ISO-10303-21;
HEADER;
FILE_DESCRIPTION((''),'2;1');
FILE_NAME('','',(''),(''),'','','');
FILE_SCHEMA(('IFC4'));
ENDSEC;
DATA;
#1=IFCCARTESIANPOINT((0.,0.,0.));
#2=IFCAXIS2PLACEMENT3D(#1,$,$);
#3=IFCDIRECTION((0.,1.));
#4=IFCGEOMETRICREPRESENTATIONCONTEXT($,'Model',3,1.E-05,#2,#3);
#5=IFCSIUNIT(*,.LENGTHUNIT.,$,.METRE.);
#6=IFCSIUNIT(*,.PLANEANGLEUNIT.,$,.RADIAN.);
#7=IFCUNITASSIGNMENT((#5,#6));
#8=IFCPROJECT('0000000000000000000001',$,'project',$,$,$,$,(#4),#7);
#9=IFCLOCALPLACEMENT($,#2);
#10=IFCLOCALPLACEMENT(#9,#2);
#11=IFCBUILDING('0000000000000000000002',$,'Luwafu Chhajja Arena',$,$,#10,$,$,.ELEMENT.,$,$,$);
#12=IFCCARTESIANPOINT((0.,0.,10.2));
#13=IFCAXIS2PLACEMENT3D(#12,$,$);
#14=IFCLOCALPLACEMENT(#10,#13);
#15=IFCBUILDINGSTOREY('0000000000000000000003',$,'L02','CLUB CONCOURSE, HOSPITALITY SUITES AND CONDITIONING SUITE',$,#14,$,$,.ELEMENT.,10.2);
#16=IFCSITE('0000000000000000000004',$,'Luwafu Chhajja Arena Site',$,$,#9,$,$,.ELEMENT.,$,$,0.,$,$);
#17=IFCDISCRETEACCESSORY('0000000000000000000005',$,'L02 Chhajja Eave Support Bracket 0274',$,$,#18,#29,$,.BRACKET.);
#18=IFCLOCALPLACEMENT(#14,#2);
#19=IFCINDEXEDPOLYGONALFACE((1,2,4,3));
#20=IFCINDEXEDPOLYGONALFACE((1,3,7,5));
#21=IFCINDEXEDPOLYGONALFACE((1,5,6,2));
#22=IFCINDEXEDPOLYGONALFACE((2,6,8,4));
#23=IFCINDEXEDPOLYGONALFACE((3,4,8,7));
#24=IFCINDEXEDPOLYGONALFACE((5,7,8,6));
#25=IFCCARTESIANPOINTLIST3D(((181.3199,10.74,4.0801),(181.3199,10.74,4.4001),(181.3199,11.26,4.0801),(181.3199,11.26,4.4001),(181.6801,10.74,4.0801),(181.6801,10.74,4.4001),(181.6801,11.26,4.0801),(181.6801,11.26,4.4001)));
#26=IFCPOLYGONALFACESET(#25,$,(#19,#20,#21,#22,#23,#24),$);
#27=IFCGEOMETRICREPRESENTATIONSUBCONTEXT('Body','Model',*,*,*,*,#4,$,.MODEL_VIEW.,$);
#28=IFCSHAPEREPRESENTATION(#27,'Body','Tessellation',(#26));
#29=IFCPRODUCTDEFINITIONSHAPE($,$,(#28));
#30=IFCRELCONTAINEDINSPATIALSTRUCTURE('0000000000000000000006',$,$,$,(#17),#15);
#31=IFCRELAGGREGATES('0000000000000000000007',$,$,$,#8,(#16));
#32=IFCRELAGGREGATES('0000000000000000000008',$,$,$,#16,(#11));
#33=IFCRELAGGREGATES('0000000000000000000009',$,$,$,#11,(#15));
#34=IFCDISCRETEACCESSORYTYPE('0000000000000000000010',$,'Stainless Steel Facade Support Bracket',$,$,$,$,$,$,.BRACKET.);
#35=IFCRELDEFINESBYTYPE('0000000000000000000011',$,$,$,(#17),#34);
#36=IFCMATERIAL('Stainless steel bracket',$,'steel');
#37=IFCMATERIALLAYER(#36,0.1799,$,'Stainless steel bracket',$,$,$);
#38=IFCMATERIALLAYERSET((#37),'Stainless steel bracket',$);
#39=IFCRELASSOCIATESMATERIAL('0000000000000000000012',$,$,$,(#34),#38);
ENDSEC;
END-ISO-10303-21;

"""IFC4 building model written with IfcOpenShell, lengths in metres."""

from ifc_helpers import new_model, si_unit, direction, frame, origin, origin_2d, place, context, subcontext, project, spatial, rectangle, extrude, material, layer, layer_set, type_object, element, save


model = new_model("IFC4")

# Units and contexts
model_context = context("Model", 3, precision=1e-05, world=origin(), true_north=direction((0.0, 1.0)))
body_context = subcontext(model_context, "Body", "Model", "MODEL_VIEW")
ifc_project = project(units=[si_unit("LENGTHUNIT", "METRE"), si_unit("PLANEANGLEUNIT", "RADIAN")], contexts=[model_context])

# Site, building, storey
site_placement = place(None, origin())
site = spatial("IfcSite", under=ifc_project, at=site_placement, Name="Luwafu Chhajja Arena Site", CompositionType="ELEMENT", RefElevation=0.0)
building_placement = place(site_placement, origin())
building = spatial("IfcBuilding", under=site, at=building_placement, Name="Luwafu Chhajja Arena", CompositionType="ELEMENT")
storey_placement = place(building_placement, frame((0.0, 0.0, 10.2)))
storey = spatial("IfcBuildingStorey", under=building, at=storey_placement, Name="L02", Description="CLUB CONCOURSE, HOSPITALITY SUITES AND CONDITIONING SUITE", CompositionType="ELEMENT", Elevation=10.2)

# Discrete accessory
ifc_material_1 = material(Name="Stainless steel bracket", Category="steel")
ifc_layer_1 = layer(ifc_material_1, 0.1799, Name="Stainless steel bracket")
ifc_layer_set_1 = layer_set([ifc_layer_1], Name="Stainless steel bracket")
discrete_accessory_type = type_object("IfcDiscreteAccessoryType", Name="Stainless Steel Facade Support Bracket", PredefinedType="BRACKET", material=ifc_layer_set_1)
discrete_accessory_placement = place(storey_placement, frame((181.5, 11.0, 4.0801), z_axis=(0.0, 0.0, 1.0), x_axis=(1.0, 0.0, 0.0)))
element("IfcDiscreteAccessory", 1, at=discrete_accessory_placement, inside=storey, type_object=discrete_accessory_type, Name="L02 Chhajja Eave Support Bracket 0274", PredefinedType="BRACKET", context=body_context, shape_type="SweptSolid", body=[
    extrude(rectangle(XDim=0.3601, YDim=0.52, at=origin_2d()), origin(), (0.0, 0.0, 1.0), 0.3201),
])

save(model, "model.ifc")
